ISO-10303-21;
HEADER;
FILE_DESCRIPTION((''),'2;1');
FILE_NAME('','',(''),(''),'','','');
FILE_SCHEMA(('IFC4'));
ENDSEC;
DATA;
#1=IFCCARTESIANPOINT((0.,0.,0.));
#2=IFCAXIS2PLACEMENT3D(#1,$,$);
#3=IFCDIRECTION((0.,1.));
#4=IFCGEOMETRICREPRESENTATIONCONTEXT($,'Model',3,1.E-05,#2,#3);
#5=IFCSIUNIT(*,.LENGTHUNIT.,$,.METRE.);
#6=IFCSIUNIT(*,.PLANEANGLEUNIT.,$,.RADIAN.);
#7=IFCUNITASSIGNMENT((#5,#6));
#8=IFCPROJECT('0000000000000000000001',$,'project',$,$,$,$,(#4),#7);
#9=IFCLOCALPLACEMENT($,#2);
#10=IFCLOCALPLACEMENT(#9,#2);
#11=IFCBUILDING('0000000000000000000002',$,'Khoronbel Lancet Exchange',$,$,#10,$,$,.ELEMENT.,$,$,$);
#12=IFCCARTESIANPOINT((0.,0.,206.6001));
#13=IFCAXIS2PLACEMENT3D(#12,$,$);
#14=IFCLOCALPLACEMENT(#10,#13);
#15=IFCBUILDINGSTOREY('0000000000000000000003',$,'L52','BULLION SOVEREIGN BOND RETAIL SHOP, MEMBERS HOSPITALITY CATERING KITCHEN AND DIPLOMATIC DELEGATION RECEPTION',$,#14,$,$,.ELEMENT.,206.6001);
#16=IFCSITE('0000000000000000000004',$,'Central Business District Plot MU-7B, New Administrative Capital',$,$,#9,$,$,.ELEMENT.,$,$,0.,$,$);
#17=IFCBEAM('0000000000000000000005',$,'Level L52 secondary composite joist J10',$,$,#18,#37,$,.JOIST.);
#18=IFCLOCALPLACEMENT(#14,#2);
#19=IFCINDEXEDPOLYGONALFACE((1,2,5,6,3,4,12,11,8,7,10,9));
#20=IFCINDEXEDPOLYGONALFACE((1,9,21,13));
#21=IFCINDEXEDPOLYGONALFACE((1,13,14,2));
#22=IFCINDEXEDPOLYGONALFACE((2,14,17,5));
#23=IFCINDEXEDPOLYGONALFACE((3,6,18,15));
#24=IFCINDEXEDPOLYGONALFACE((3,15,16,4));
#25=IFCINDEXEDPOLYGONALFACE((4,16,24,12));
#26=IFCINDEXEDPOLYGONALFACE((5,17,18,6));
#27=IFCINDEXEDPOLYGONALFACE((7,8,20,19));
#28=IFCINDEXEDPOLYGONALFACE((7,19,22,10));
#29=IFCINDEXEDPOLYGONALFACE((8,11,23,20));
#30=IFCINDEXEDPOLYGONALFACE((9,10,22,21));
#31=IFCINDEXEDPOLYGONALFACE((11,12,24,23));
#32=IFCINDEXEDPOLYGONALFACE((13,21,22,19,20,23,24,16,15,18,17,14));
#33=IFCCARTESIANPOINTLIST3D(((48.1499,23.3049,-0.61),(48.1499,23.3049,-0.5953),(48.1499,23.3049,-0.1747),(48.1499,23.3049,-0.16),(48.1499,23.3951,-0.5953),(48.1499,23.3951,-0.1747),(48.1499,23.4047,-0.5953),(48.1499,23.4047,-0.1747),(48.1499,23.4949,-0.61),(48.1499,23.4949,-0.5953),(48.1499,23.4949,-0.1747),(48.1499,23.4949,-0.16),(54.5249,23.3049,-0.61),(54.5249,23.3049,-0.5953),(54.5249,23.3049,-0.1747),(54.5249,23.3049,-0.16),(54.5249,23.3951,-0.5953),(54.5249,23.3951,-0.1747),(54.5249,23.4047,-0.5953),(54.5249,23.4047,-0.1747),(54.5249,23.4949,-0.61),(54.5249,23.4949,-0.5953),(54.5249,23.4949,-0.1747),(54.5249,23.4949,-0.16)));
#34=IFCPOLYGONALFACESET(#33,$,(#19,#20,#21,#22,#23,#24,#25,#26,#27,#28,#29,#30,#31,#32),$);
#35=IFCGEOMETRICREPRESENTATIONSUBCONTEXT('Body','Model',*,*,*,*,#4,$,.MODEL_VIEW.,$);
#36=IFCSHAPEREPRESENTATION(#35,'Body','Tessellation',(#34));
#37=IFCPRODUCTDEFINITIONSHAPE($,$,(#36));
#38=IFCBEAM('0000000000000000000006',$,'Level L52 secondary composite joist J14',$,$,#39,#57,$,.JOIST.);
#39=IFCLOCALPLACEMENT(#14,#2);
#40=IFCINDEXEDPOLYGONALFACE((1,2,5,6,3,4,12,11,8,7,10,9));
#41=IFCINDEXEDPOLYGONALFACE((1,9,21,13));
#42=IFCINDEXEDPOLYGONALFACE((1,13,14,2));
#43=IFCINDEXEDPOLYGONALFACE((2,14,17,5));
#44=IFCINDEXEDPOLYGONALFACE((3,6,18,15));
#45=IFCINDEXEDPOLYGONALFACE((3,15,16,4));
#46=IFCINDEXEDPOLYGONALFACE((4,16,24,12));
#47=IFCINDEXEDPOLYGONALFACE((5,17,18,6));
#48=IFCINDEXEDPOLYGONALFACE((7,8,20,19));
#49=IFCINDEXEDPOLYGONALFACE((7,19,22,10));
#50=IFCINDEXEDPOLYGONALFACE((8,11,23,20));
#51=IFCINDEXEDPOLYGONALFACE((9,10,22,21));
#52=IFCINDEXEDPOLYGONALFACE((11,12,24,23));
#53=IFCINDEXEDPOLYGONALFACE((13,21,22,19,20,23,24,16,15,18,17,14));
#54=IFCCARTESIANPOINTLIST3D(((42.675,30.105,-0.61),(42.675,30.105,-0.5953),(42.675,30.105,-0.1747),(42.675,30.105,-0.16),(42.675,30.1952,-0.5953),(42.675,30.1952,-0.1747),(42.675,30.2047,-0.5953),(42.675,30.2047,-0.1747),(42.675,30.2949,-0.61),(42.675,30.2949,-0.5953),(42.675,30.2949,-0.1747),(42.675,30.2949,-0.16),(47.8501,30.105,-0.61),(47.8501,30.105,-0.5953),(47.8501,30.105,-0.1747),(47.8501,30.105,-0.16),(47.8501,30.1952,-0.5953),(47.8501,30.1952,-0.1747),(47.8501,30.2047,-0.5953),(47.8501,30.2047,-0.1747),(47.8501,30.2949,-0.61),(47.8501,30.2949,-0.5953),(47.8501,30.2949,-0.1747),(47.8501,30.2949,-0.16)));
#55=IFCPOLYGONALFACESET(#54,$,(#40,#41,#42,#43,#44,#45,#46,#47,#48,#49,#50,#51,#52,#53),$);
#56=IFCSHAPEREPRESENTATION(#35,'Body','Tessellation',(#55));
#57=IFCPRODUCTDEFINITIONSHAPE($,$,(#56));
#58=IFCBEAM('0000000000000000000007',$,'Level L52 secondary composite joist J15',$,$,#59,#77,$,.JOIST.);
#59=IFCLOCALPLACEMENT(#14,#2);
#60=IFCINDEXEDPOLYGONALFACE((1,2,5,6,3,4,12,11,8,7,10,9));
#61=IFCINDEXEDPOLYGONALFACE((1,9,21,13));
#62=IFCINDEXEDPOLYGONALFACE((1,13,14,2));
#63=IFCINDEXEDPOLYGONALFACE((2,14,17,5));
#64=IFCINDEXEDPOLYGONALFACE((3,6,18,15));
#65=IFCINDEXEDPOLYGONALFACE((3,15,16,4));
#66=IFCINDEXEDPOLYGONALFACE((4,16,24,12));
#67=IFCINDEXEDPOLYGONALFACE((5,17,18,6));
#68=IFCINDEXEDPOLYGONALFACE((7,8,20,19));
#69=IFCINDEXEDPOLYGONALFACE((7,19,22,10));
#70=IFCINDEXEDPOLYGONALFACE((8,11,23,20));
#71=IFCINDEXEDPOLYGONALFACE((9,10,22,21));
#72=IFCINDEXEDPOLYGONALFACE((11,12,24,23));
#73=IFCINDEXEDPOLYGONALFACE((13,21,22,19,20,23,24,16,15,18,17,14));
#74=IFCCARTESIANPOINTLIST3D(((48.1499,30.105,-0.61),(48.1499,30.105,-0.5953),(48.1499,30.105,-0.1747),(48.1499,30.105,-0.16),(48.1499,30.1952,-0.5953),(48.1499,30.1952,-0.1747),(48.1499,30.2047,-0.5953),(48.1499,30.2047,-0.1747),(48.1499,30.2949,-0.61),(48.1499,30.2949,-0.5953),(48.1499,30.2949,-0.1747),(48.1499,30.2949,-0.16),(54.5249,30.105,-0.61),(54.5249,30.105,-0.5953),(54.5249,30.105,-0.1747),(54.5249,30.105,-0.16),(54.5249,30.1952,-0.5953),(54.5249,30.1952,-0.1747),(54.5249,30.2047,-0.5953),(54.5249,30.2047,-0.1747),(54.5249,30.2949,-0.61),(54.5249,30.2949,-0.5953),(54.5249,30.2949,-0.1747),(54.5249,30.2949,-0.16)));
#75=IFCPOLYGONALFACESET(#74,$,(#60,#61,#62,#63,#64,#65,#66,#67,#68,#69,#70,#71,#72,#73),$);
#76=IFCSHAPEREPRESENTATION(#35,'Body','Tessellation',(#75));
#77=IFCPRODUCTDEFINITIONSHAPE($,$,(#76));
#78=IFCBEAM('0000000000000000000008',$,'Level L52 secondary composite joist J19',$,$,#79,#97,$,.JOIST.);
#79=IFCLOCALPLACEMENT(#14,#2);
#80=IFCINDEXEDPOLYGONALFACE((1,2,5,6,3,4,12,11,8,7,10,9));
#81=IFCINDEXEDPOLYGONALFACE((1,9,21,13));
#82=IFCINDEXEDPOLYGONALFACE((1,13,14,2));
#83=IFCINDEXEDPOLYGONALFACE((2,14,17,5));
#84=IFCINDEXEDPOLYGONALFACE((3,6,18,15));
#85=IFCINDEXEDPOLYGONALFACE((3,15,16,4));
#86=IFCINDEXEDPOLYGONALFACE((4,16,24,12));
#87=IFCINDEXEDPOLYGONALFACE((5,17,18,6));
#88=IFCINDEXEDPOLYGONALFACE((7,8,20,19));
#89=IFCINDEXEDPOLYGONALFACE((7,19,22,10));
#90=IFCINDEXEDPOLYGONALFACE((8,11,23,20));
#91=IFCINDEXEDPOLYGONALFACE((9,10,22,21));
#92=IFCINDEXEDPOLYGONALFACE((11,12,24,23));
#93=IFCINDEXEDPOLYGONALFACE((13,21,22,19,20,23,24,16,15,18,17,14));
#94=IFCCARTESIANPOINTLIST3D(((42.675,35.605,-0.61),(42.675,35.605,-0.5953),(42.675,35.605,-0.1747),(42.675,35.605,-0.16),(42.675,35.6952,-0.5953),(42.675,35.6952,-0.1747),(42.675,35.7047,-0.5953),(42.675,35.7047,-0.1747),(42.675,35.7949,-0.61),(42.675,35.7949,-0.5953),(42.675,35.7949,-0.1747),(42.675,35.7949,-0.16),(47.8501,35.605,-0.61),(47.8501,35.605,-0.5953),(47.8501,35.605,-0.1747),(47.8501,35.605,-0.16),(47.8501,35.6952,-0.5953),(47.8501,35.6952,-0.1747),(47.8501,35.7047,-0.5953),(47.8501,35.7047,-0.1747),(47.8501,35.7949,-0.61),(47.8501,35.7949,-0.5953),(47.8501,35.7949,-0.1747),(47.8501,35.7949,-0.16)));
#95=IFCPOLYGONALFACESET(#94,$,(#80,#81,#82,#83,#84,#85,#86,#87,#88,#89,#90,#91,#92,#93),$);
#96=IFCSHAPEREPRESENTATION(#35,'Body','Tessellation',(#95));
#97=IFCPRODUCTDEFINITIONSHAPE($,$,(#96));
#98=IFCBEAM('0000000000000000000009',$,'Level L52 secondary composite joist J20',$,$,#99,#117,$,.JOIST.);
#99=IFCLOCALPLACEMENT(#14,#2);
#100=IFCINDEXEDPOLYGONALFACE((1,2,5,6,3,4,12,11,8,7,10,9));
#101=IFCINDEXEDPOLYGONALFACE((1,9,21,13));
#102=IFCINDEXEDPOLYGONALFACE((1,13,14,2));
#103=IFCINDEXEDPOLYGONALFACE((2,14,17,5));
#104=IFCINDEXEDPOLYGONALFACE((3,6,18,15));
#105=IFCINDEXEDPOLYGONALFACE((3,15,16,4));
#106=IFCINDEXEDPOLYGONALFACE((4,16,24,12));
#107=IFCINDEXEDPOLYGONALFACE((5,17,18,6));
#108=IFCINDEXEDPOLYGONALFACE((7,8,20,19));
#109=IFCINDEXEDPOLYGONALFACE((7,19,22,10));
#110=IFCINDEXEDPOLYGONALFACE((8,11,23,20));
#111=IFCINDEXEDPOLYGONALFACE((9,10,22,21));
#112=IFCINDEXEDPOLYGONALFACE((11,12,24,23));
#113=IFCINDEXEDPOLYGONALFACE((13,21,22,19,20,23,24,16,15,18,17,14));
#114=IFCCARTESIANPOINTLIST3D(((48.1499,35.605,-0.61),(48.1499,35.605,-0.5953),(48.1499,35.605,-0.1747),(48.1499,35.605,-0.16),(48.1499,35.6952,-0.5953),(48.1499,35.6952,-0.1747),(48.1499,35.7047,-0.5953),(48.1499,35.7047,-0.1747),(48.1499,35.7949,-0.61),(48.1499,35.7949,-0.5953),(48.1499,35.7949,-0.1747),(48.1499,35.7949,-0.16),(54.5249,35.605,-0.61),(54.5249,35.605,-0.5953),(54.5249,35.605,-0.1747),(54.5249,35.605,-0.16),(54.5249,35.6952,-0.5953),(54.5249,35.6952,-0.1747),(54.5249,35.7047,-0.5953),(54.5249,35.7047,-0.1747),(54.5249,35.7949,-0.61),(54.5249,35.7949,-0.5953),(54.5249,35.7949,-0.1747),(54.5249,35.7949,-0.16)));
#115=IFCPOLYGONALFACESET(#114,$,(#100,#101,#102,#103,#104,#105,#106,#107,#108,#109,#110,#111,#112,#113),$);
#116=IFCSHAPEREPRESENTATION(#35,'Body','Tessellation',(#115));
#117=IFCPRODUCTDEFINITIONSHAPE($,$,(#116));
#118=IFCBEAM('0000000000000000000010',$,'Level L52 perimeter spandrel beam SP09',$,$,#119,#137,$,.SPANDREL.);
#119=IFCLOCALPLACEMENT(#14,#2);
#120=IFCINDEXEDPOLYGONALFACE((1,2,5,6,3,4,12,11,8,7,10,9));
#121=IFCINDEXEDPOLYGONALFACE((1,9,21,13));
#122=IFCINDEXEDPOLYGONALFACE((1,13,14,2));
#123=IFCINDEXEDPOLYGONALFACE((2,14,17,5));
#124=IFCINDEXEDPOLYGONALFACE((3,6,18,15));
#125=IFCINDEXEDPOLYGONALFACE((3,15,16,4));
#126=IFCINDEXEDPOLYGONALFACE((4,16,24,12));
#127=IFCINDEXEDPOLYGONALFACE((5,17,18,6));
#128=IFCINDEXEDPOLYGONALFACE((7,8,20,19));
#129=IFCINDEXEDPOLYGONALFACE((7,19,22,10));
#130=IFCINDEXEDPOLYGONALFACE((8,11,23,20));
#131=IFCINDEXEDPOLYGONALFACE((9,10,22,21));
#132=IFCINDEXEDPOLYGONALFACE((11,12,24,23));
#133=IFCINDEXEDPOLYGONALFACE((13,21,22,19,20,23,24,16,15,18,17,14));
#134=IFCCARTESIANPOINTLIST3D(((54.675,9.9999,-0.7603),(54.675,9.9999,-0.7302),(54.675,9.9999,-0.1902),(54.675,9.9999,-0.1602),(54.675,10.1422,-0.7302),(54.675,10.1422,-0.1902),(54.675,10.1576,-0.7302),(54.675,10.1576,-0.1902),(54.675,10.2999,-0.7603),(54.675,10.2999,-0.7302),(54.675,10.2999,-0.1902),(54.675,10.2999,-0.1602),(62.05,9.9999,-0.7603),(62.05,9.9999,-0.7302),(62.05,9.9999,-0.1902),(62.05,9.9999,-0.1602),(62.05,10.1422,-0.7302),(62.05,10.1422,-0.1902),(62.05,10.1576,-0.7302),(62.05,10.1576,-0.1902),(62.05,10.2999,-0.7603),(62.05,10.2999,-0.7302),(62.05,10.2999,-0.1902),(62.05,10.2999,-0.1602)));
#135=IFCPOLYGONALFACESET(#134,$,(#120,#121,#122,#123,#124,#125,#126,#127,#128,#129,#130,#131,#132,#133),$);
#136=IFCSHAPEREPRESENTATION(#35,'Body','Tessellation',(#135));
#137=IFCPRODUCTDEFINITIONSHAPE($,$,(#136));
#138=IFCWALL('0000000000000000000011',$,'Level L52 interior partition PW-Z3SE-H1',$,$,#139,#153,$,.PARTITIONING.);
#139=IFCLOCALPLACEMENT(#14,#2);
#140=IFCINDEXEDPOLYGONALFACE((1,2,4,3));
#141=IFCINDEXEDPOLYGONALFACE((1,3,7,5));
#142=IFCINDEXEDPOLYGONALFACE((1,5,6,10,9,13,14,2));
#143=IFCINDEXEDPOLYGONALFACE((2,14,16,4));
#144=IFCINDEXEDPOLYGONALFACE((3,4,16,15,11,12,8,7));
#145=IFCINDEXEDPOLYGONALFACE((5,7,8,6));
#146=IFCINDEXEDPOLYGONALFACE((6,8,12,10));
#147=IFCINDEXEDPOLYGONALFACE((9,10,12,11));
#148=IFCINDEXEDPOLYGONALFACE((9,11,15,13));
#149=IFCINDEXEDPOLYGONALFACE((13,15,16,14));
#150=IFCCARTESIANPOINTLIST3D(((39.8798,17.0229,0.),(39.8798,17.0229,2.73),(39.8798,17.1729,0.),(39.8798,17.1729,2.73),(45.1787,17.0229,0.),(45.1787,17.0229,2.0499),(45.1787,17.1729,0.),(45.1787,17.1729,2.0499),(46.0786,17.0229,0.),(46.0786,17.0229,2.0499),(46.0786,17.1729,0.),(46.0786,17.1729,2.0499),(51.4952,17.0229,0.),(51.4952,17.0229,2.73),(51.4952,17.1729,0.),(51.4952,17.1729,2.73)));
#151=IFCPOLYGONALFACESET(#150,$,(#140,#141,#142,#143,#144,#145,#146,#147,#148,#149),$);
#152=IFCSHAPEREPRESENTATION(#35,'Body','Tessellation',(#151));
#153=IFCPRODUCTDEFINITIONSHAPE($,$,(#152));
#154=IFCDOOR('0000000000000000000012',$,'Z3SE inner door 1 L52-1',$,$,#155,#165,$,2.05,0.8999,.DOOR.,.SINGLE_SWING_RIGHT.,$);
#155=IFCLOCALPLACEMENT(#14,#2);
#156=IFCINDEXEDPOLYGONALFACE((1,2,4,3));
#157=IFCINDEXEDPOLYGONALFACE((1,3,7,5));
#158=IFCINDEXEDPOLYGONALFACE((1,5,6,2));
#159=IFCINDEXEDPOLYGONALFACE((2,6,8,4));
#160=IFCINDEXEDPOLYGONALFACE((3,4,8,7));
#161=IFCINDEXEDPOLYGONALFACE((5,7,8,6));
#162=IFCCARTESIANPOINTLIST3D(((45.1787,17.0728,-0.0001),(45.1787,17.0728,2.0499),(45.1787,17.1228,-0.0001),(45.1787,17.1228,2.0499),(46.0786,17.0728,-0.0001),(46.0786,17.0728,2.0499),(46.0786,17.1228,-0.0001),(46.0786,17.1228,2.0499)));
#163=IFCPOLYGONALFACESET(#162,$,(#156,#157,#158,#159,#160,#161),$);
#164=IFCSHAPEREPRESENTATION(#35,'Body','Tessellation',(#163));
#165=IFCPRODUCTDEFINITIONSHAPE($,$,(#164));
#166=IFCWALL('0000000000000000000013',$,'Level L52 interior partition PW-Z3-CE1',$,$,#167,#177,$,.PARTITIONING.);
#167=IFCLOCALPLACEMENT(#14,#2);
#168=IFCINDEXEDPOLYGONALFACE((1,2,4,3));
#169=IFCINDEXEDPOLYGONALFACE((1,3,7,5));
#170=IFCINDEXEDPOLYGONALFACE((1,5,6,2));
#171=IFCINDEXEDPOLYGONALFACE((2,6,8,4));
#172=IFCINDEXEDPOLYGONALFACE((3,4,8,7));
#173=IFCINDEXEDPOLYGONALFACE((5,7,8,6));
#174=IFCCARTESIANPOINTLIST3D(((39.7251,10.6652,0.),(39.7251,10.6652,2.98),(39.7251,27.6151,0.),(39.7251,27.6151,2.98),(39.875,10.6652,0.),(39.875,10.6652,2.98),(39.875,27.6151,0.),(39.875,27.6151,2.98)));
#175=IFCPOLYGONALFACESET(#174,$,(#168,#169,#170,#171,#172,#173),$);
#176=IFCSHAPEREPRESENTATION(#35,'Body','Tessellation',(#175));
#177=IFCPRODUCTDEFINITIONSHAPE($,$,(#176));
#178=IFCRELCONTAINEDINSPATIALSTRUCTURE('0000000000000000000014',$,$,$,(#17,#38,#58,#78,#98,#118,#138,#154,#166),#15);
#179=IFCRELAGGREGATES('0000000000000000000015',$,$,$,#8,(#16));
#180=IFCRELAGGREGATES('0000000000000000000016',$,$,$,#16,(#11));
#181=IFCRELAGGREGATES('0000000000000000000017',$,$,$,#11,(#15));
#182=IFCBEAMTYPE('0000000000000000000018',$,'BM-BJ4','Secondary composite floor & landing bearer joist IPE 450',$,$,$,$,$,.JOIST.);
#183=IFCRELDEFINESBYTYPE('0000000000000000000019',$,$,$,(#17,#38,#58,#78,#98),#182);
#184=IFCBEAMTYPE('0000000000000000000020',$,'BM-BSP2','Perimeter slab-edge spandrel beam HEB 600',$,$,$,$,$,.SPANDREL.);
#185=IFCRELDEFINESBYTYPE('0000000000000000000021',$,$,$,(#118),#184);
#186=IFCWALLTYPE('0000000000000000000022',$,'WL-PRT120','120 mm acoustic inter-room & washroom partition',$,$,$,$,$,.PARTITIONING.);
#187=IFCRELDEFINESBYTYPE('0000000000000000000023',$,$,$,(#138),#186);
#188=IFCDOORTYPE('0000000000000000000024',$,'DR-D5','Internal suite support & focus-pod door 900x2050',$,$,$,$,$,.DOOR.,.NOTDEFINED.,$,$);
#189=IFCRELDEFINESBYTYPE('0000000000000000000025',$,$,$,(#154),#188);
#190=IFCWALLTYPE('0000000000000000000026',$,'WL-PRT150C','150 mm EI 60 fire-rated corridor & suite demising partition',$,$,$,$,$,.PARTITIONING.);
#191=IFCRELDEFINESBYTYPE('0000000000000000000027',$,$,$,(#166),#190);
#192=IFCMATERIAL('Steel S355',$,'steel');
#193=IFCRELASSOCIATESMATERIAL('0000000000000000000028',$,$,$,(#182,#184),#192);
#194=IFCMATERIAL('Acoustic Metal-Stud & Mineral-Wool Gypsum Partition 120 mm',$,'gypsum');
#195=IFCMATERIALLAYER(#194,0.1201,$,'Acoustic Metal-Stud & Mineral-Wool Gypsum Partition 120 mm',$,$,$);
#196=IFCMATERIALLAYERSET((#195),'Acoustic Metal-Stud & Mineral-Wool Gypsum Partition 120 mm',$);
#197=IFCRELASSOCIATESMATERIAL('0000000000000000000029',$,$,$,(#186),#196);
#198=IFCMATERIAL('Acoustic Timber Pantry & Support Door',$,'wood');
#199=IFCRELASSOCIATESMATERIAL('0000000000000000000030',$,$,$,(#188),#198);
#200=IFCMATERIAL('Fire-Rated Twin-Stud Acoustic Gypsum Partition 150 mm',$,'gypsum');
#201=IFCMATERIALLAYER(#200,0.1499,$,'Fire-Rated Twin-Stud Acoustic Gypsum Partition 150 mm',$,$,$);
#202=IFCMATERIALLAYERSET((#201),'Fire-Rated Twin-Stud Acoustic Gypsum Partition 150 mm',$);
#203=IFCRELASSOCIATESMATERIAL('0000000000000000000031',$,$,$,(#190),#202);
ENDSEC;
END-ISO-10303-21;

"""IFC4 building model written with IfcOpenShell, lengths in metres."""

from ifc_helpers import new_model, si_unit, direction, frame, frame_2d, origin, origin_2d, place, context, subcontext, project, spatial, rectangle, i_section, extrude, material, layer, layer_set, material_profile, profile_set, type_object, element, fill, save


model = new_model("IFC4")

# Units and contexts
model_context = context("Model", 3, precision=1e-05, world=origin(), true_north=direction((0.0, 1.0)))
body_context = subcontext(model_context, "Body", "Model", "MODEL_VIEW")
ifc_project = project(units=[si_unit("LENGTHUNIT", "METRE"), si_unit("PLANEANGLEUNIT", "RADIAN")], contexts=[model_context])

# Site, building, storey
site_placement = place(None, origin())
site = spatial("IfcSite", under=ifc_project, at=site_placement, Name="Central Business District Plot MU-7B, New Administrative Capital", CompositionType="ELEMENT", RefElevation=0.0)
building_placement = place(site_placement, origin())
building = spatial("IfcBuilding", under=site, at=building_placement, Name="Khoronbel Lancet Exchange", CompositionType="ELEMENT")
storey_placement = place(building_placement, frame((0.0, 0.0, 206.6001)))
storey = spatial("IfcBuildingStorey", under=building, at=storey_placement, Name="L52", Description="BULLION SOVEREIGN BOND RETAIL SHOP, MEMBERS HOSPITALITY CATERING KITCHEN AND DIPLOMATIC DELEGATION RECEPTION", CompositionType="ELEMENT", Elevation=206.6001)

# Shared definitions
ifc_material_1 = material(Name="Steel S355", Category="steel")

# Beams
ifc_material_profile_1 = material_profile(ifc_material_1, i_section(OverallWidth=0.1899, OverallDepth=0.45, WebThickness=0.0095, FlangeThickness=0.0146, at=origin_2d()), Name="IPE 450")
ifc_profile_set_1 = profile_set([ifc_material_profile_1], Name="Steel S355")
beam_type_1 = type_object("IfcBeamType", Name="BM-BJ4", Description="Secondary composite floor & landing bearer joist IPE 450", PredefinedType="JOIST", material=ifc_profile_set_1)
beam_1_placement = place(storey_placement, frame((48.1499, 23.3999, -0.385), z_axis=(1.0, 0.0, 0.0), x_axis=(0.0, 1.0, 0.0)))
element("IfcBeam", 1, at=beam_1_placement, inside=storey, type_object=beam_type_1, Name="Level L52 secondary composite joist J10", PredefinedType="JOIST", context=body_context, shape_type="SweptSolid", body=[
    extrude(i_section(OverallWidth=0.1899, OverallDepth=0.45, WebThickness=0.0095, FlangeThickness=0.0146, at=origin_2d()), origin(), (0.0, 0.0, 1.0), 6.375),
])
beam_2_placement = place(storey_placement, frame((42.675, 30.2, -0.385), z_axis=(1.0, 0.0, 0.0), x_axis=(0.0, 1.0, 0.0)))
element("IfcBeam", 2, at=beam_2_placement, inside=storey, type_object=beam_type_1, Name="Level L52 secondary composite joist J14", PredefinedType="JOIST", context=body_context, shape_type="SweptSolid", body=[
    extrude(i_section(OverallWidth=0.1899, OverallDepth=0.45, WebThickness=0.0095, FlangeThickness=0.0146, at=origin_2d()), origin(), (0.0, 0.0, 1.0), 5.175),
])
beam_3_placement = place(storey_placement, frame((48.1499, 30.2, -0.385), z_axis=(1.0, 0.0, 0.0), x_axis=(0.0, 1.0, 0.0)))
element("IfcBeam", 3, at=beam_3_placement, inside=storey, type_object=beam_type_1, Name="Level L52 secondary composite joist J15", PredefinedType="JOIST", context=body_context, shape_type="SweptSolid", body=[
    extrude(i_section(OverallWidth=0.1899, OverallDepth=0.45, WebThickness=0.0095, FlangeThickness=0.0146, at=origin_2d()), origin(), (0.0, 0.0, 1.0), 6.375),
])
beam_4_placement = place(storey_placement, frame((42.675, 35.7, -0.385), z_axis=(1.0, 0.0, 0.0), x_axis=(0.0, 1.0, 0.0)))
element("IfcBeam", 4, at=beam_4_placement, inside=storey, type_object=beam_type_1, Name="Level L52 secondary composite joist J19", PredefinedType="JOIST", context=body_context, shape_type="SweptSolid", body=[
    extrude(i_section(OverallWidth=0.1899, OverallDepth=0.45, WebThickness=0.0095, FlangeThickness=0.0146, at=origin_2d()), origin(), (0.0, 0.0, 1.0), 5.175),
])
beam_5_placement = place(storey_placement, frame((48.1499, 35.7, -0.385), z_axis=(1.0, 0.0, 0.0), x_axis=(0.0, 1.0, 0.0)))
element("IfcBeam", 5, at=beam_5_placement, inside=storey, type_object=beam_type_1, Name="Level L52 secondary composite joist J20", PredefinedType="JOIST", context=body_context, shape_type="SweptSolid", body=[
    extrude(i_section(OverallWidth=0.1899, OverallDepth=0.45, WebThickness=0.0095, FlangeThickness=0.0146, at=origin_2d()), origin(), (0.0, 0.0, 1.0), 6.375),
])
ifc_material_profile_2 = material_profile(ifc_material_1, i_section(OverallWidth=0.3, OverallDepth=0.6001, WebThickness=0.0154, FlangeThickness=0.03, at=origin_2d()), Name="HEB 600")
ifc_profile_set_2 = profile_set([ifc_material_profile_2], Name="Steel S355")
beam_type_2 = type_object("IfcBeamType", Name="BM-BSP2", Description="Perimeter slab-edge spandrel beam HEB 600", PredefinedType="SPANDREL", material=ifc_profile_set_2)
beam_6_placement = place(storey_placement, frame((54.675, 10.1499, -0.4602), z_axis=(1.0, 0.0, 0.0), x_axis=(0.0, 1.0, 0.0)))
element("IfcBeam", 6, at=beam_6_placement, inside=storey, type_object=beam_type_2, Name="Level L52 perimeter spandrel beam SP09", PredefinedType="SPANDREL", context=body_context, shape_type="SweptSolid", body=[
    extrude(i_section(OverallWidth=0.3, OverallDepth=0.6001, WebThickness=0.0154, FlangeThickness=0.03, at=origin_2d()), origin(), (0.0, 0.0, 1.0), 7.375),
])

# Wall, opening, door
ifc_material_2 = material(Name="Acoustic Metal-Stud & Mineral-Wool Gypsum Partition 120 mm", Category="gypsum")
ifc_layer_1 = layer(ifc_material_2, 0.1201, Name="Acoustic Metal-Stud & Mineral-Wool Gypsum Partition 120 mm")
ifc_layer_set_1 = layer_set([ifc_layer_1], Name="Acoustic Metal-Stud & Mineral-Wool Gypsum Partition 120 mm")
wall_type_1 = type_object("IfcWallType", Name="WL-PRT120", Description="120 mm acoustic inter-room & washroom partition", PredefinedType="PARTITIONING", material=ifc_layer_set_1)
wall_1_placement = place(storey_placement, frame((39.8799, 17.0979, 0.0), z_axis=(0.0, 0.0, 1.0), x_axis=(1.0, 0.0, 0.0)))
wall_1 = element("IfcWall", 7, at=wall_1_placement, inside=storey, type_object=wall_type_1, Name="Level L52 interior partition PW-Z3SE-H1", PredefinedType="PARTITIONING", context=body_context, shape_type="SweptSolid", body=[
    extrude(rectangle(XDim=11.6155, YDim=0.1499, at=frame_2d((5.8076, 0.0))), origin(), (0.0, 0.0, 1.0), 2.73),
])
opening_1_placement = place(wall_1_placement, frame((5.2988, 0.0, 0.0)))
opening_1 = element("IfcOpeningElement", 8, at=opening_1_placement, cuts=wall_1, PredefinedType="OPENING", context=body_context, shape_type="SweptSolid", body=[
    extrude(rectangle(XDim=0.8999, YDim=2.05, at=frame_2d((0.45, 1.0249))), frame((0.0, 0.085, 0.0), z_axis=(0.0, -1.0, 0.0), x_axis=(1.0, 0.0, 0.0)), (0.0, 0.0, 1.0), 0.1699),
])
ifc_material_3 = material(Name="Acoustic Timber Pantry & Support Door", Category="wood")
door_type_1 = type_object("IfcDoorType", Name="DR-D5", Description="Internal suite support & focus-pod door 900x2050", OperationType="NOTDEFINED", PredefinedType="DOOR", material=ifc_material_3)
door_1_placement = place(opening_1_placement, origin())
door_1 = element("IfcDoor", 9, at=door_1_placement, inside=storey, type_object=door_type_1, Name="Z3SE inner door 1 L52-1", OperationType="SINGLE_SWING_RIGHT", OverallHeight=2.05, OverallWidth=0.8999, PredefinedType="DOOR", context=body_context, shape_type="SweptSolid", body=[
    extrude(rectangle(XDim=0.8999, YDim=2.05, at=frame_2d((0.45, 1.0249))), frame((0.0, 0.0249, 0.0), z_axis=(0.0, -1.0, 0.0), x_axis=(1.0, 0.0, 0.0)), (0.0, 0.0, 1.0), 0.05),
])
fill(opening_1, door_1)

# Wall
ifc_material_4 = material(Name="Fire-Rated Twin-Stud Acoustic Gypsum Partition 150 mm", Category="gypsum")
ifc_layer_2 = layer(ifc_material_4, 0.1499, Name="Fire-Rated Twin-Stud Acoustic Gypsum Partition 150 mm")
ifc_layer_set_2 = layer_set([ifc_layer_2], Name="Fire-Rated Twin-Stud Acoustic Gypsum Partition 150 mm")
wall_type_2 = type_object("IfcWallType", Name="WL-PRT150C", Description="150 mm EI 60 fire-rated corridor & suite demising partition", PredefinedType="PARTITIONING", material=ifc_layer_set_2)
wall_2_placement = place(storey_placement, frame((39.8, 10.665, 0.0), z_axis=(0.0, 0.0, 1.0), x_axis=(0.0, 1.0, 0.0)))
element("IfcWall", 10, at=wall_2_placement, inside=storey, type_object=wall_type_2, Name="Level L52 interior partition PW-Z3-CE1", PredefinedType="PARTITIONING", context=body_context, shape_type="SweptSolid", body=[
    extrude(rectangle(XDim=16.95, YDim=0.1499, at=frame_2d((8.4751, 0.0))), origin(), (0.0, 0.0, 1.0), 2.98),
])

save(model, "model.ifc")
